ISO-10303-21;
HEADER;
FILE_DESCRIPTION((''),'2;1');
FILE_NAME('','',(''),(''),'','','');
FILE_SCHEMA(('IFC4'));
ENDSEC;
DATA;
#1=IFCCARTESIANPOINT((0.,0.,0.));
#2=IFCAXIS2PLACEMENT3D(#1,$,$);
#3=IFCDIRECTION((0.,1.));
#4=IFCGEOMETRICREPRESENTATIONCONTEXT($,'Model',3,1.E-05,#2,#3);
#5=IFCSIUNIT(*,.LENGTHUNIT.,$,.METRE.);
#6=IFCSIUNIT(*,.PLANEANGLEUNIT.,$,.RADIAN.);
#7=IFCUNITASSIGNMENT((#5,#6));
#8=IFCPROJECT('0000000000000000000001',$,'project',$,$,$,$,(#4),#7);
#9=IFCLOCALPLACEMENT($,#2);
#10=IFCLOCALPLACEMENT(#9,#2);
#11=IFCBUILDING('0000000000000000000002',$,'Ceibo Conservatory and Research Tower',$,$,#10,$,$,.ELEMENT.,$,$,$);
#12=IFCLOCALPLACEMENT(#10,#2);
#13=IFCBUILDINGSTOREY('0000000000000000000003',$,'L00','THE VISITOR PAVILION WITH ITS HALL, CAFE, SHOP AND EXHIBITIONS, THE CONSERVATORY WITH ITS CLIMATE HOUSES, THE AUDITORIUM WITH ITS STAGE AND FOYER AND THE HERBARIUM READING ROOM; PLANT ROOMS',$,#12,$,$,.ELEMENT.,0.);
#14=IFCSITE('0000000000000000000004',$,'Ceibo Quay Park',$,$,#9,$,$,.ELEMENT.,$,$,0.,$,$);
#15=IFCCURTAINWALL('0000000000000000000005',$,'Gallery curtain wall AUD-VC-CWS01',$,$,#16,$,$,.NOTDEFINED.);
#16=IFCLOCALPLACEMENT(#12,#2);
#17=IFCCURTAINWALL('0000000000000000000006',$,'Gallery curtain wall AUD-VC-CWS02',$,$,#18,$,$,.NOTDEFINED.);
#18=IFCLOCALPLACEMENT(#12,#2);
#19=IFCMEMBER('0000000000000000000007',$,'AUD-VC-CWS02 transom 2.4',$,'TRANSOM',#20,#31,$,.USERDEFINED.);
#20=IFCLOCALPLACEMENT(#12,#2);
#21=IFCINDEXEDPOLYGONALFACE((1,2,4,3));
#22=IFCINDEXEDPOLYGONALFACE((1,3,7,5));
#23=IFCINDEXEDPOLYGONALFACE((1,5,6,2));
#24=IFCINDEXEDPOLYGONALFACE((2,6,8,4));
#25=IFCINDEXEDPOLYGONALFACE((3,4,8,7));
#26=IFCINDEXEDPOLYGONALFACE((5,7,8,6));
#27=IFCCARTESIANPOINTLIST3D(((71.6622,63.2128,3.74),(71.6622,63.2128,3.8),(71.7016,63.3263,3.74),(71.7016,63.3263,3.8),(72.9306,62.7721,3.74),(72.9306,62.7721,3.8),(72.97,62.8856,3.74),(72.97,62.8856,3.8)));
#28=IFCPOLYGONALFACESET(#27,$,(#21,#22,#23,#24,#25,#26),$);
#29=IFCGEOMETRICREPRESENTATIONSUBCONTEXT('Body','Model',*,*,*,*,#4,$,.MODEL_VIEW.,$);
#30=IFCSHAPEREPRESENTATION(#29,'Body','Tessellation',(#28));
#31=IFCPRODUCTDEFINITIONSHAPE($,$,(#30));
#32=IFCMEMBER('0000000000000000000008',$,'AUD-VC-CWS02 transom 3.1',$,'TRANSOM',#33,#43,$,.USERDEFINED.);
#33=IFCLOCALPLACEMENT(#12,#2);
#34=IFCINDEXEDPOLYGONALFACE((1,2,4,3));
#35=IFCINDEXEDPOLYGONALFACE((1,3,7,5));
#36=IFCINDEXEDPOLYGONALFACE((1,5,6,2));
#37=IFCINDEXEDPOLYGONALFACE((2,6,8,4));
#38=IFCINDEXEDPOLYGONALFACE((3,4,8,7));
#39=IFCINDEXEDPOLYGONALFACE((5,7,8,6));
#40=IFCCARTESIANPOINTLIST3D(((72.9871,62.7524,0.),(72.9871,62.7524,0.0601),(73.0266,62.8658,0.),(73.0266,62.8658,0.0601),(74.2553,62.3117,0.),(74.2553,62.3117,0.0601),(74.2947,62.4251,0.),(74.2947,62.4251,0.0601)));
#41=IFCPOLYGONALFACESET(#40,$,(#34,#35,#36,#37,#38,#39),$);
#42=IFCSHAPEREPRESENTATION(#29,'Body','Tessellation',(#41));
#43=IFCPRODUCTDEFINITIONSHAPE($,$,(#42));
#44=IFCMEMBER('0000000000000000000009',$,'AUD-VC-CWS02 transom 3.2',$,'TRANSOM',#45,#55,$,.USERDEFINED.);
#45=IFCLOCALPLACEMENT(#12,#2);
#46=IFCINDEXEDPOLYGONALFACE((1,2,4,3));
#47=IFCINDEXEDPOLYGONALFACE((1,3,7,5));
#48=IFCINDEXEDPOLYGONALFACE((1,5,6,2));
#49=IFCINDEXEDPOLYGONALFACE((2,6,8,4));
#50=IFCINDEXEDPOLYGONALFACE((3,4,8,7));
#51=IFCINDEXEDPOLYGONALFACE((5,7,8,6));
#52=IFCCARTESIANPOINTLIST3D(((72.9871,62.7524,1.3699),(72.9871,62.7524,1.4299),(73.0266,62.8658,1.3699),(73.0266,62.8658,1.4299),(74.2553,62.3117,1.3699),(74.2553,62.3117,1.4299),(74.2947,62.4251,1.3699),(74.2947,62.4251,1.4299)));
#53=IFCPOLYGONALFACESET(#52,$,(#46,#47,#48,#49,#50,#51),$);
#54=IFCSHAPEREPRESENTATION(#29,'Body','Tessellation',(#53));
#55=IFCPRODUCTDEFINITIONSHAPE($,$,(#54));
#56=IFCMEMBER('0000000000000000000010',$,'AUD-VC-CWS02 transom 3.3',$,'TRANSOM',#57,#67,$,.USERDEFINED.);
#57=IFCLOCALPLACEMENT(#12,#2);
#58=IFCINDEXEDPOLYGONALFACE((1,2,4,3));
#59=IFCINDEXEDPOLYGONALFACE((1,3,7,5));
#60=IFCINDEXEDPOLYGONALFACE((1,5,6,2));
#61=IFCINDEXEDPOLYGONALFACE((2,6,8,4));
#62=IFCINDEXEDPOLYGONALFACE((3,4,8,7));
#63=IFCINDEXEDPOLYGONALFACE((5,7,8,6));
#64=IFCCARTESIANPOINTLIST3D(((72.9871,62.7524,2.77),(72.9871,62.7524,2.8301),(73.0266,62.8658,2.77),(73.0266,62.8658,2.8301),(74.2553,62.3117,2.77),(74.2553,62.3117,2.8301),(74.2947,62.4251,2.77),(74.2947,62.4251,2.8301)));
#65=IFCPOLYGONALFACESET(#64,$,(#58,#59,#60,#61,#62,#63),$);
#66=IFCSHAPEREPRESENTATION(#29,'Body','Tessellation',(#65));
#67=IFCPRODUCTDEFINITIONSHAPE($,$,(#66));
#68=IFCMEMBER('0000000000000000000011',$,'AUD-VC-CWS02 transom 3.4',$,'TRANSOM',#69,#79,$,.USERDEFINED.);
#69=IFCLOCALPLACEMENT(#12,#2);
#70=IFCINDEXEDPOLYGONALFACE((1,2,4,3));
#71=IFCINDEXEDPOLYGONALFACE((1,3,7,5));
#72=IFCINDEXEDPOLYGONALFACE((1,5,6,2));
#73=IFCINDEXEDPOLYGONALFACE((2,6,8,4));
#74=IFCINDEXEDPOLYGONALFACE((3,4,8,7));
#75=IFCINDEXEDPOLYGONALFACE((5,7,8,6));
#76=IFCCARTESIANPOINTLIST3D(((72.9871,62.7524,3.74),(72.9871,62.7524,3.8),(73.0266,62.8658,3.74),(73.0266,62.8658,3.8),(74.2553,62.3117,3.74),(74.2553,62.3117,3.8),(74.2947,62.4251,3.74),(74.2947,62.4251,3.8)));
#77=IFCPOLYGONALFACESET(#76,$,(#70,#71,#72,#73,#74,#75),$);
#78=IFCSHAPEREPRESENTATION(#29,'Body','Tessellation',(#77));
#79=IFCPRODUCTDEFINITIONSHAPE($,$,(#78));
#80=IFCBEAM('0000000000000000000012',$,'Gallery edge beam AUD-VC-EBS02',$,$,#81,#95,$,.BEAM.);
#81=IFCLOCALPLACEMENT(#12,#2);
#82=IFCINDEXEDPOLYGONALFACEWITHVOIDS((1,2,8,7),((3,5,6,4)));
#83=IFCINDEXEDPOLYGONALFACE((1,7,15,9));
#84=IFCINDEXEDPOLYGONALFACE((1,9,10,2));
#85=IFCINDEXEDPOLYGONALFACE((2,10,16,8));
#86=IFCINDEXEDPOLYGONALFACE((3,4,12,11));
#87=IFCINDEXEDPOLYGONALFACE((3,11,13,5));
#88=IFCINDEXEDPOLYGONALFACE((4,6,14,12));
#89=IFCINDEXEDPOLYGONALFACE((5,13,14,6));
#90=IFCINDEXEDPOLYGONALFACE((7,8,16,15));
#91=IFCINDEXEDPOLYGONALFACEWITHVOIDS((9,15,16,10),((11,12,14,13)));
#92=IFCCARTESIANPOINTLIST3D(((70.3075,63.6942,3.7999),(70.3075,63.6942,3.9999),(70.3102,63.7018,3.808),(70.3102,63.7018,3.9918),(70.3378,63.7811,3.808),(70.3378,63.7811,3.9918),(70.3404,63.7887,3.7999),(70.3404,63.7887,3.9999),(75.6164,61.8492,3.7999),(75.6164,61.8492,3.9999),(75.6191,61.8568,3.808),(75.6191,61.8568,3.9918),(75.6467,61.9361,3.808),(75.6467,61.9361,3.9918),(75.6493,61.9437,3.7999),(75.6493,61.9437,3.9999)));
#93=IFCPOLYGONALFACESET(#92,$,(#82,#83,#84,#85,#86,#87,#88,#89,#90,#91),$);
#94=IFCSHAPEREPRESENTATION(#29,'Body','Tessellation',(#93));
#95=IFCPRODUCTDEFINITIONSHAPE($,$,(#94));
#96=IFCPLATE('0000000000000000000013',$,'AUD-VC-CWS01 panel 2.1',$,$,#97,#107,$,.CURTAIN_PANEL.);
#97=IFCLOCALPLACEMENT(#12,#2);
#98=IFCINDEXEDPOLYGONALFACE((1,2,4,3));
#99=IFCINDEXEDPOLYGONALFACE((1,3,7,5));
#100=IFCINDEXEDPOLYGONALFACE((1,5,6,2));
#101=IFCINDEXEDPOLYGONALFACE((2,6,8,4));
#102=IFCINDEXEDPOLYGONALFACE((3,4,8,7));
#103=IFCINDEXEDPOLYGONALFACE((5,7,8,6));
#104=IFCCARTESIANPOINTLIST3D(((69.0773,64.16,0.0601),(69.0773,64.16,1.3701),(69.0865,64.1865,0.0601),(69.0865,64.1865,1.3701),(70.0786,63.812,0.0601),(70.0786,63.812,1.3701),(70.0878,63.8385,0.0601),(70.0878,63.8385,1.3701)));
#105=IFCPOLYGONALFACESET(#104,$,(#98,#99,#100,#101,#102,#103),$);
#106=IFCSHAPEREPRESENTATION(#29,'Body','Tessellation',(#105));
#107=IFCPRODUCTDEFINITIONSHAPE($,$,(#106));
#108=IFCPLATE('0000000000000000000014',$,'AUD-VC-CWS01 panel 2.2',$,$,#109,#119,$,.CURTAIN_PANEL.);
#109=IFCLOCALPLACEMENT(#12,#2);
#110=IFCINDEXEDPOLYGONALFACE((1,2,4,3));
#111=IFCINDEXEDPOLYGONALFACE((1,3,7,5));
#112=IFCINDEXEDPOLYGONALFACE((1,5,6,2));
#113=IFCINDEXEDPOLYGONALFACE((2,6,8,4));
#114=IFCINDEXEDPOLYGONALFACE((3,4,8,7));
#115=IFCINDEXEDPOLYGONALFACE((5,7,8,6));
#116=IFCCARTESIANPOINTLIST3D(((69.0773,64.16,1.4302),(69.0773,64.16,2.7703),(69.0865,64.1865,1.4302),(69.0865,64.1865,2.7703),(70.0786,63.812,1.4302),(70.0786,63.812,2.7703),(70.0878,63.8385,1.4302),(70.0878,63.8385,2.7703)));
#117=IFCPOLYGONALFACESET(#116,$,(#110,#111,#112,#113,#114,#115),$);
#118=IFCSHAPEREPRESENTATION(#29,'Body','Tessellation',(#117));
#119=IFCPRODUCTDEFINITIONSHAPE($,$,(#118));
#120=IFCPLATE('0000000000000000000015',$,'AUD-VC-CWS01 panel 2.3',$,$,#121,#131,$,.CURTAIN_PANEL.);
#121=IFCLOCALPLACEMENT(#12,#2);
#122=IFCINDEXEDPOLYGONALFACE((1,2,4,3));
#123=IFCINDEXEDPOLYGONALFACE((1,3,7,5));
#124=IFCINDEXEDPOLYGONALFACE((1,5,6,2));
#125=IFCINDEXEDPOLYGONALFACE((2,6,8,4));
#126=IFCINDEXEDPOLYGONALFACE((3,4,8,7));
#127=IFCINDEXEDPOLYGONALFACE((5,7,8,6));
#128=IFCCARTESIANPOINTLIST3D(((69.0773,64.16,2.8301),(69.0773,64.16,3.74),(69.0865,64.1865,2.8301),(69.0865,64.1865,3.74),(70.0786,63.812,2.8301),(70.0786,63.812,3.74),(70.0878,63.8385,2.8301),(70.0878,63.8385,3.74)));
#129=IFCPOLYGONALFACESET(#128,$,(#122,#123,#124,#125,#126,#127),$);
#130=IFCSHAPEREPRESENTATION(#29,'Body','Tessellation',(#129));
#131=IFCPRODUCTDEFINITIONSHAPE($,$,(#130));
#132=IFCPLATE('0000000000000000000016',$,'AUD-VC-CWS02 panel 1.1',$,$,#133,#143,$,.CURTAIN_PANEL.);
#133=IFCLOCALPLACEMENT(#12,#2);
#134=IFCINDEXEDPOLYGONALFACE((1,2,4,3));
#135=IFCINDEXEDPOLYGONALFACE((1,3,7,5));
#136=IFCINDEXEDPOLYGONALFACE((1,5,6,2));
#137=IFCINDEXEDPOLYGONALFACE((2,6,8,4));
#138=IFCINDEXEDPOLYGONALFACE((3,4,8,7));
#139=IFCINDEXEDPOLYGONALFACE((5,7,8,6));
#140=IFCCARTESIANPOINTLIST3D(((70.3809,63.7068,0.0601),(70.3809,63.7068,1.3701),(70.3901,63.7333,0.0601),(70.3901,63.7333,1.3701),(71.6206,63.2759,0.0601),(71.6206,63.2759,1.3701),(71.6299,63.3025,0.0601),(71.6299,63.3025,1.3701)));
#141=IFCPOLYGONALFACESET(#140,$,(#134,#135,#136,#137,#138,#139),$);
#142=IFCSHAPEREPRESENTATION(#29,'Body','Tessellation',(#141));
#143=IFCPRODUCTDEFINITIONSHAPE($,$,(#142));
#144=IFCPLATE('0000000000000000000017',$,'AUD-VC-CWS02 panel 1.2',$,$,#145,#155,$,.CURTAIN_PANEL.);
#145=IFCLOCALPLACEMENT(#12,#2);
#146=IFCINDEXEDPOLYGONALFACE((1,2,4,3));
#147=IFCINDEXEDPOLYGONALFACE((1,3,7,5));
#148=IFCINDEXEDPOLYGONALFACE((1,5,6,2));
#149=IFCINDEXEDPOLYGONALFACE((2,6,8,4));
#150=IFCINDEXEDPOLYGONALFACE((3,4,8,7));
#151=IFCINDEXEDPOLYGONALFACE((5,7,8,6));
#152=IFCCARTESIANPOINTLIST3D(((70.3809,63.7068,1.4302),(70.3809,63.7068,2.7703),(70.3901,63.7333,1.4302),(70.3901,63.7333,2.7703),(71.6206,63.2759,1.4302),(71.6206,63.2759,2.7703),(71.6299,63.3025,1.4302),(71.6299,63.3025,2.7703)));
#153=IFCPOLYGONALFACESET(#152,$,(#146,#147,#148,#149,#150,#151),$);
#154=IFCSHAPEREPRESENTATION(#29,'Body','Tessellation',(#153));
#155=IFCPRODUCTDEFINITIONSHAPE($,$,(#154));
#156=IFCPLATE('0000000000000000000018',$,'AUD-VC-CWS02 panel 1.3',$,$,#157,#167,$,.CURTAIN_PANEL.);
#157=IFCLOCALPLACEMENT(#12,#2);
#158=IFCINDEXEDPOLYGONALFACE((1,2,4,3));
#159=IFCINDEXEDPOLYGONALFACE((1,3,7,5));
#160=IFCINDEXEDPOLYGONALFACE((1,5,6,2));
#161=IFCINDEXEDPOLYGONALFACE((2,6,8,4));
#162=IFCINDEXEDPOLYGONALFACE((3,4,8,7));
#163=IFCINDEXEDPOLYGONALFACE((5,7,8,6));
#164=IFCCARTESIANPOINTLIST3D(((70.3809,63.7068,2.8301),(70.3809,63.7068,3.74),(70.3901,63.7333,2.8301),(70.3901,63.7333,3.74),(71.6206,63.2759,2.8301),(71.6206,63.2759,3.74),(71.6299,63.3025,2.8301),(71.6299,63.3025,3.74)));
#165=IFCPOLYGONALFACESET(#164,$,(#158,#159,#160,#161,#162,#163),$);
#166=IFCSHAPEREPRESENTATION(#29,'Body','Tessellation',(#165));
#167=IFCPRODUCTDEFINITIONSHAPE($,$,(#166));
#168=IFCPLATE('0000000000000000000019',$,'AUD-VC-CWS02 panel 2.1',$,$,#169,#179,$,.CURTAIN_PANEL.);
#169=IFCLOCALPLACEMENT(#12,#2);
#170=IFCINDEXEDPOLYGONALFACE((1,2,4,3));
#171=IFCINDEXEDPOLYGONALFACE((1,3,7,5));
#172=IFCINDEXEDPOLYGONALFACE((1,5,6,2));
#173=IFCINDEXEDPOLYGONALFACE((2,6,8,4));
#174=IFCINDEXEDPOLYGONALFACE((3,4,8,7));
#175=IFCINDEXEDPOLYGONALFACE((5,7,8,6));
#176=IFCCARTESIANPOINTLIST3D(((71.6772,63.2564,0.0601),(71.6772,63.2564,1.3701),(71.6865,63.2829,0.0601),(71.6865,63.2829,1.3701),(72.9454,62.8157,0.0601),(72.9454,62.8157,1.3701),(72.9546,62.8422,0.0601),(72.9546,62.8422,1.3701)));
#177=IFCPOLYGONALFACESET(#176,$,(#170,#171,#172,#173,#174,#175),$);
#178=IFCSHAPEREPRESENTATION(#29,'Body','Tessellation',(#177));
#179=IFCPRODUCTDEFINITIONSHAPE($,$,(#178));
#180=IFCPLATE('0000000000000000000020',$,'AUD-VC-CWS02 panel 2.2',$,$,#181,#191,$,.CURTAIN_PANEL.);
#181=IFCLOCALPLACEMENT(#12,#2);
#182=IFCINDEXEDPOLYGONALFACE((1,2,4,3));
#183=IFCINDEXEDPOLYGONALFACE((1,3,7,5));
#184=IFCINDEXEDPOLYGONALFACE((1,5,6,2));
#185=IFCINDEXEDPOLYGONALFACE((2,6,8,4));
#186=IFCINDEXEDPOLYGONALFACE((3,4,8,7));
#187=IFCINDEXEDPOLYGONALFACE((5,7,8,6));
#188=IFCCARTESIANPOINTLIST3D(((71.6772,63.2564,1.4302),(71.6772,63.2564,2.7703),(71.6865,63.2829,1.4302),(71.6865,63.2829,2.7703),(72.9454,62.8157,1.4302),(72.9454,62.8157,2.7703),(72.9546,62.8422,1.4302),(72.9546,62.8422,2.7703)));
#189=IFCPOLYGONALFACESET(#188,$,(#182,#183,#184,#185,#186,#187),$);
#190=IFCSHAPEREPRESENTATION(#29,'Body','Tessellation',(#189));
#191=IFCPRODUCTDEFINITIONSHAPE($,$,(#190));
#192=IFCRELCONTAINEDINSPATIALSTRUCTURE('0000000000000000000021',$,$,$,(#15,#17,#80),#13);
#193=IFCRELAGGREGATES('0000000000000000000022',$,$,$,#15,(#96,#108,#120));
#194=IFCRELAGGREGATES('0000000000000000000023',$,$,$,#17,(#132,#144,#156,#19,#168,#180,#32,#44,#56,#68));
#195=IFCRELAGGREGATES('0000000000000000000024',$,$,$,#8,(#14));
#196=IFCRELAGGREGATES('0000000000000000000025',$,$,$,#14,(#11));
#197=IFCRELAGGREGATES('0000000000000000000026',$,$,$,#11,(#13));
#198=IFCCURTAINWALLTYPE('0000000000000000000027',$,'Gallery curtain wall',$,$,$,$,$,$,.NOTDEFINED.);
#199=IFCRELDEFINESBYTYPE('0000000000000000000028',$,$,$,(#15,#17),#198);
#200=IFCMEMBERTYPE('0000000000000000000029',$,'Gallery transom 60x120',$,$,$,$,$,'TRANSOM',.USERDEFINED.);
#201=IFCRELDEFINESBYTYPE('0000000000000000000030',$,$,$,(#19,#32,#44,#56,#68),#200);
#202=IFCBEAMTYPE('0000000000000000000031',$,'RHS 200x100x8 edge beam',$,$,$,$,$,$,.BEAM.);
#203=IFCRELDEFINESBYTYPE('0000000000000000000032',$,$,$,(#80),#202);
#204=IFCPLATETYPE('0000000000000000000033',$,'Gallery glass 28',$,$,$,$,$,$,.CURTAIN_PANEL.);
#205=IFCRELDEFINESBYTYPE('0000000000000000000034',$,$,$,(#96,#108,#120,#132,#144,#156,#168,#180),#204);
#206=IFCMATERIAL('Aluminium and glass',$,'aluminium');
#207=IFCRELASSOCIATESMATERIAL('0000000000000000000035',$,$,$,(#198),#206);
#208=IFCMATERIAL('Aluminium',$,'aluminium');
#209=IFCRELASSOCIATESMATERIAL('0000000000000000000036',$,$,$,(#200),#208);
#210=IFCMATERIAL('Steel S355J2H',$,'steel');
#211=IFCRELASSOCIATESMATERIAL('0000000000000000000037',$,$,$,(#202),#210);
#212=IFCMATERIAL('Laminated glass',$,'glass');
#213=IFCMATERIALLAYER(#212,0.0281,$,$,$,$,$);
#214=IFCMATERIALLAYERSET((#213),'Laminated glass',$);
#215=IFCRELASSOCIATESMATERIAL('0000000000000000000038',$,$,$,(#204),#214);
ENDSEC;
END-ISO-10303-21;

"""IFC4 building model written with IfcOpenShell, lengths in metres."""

from ifc_helpers import new_model, si_unit, direction, frame, origin, origin_2d, place, context, subcontext, project, spatial, rectangle, hollow_rectangle, extrude, material, layer, layer_set, material_profile, profile_set, type_object, element, aggregate, save


model = new_model("IFC4")

# Units and contexts
model_context = context("Model", 3, precision=1e-05, world=origin(), true_north=direction((0.0, 1.0)))
body_context = subcontext(model_context, "Body", "Model", "MODEL_VIEW")
ifc_project = project(units=[si_unit("LENGTHUNIT", "METRE"), si_unit("PLANEANGLEUNIT", "RADIAN")], contexts=[model_context])

# Site, building, storey
site_placement = place(None, origin())
site = spatial("IfcSite", under=ifc_project, at=site_placement, Name="Ceibo Quay Park", CompositionType="ELEMENT", RefElevation=0.0)
building_placement = place(site_placement, origin())
building = spatial("IfcBuilding", under=site, at=building_placement, Name="Ceibo Conservatory and Research Tower", CompositionType="ELEMENT")
storey_placement = place(building_placement, origin())
storey = spatial("IfcBuildingStorey", under=building, at=storey_placement, Name="L00", Description="THE VISITOR PAVILION WITH ITS HALL, CAFE, SHOP AND EXHIBITIONS, THE CONSERVATORY WITH ITS CLIMATE HOUSES, THE AUDITORIUM WITH ITS STAGE AND FOYER AND THE HERBARIUM READING ROOM; PLANT ROOMS", CompositionType="ELEMENT", Elevation=0.0)

# Shared definitions
ifc_material_1 = material(Name="Steel S355J2H", Category="steel")

# Curtain wall
ifc_material_2 = material(Name="Aluminium and glass", Category="aluminium")
curtain_wall_type = type_object("IfcCurtainWallType", Name="Gallery curtain wall", PredefinedType="NOTDEFINED", material=ifc_material_2)
curtain_wall_1_placement = place(storey_placement, origin())
curtain_wall_1 = element("IfcCurtainWall", 1, at=curtain_wall_1_placement, inside=storey, type_object=curtain_wall_type, Name="Gallery curtain wall AUD-VC-CWS01", PredefinedType="NOTDEFINED")
ifc_material_3 = material(Name="Aluminium", Category="aluminium")

# Curtain wall
curtain_wall_2_placement = place(storey_placement, origin())
curtain_wall_2 = element("IfcCurtainWall", 2, at=curtain_wall_2_placement, inside=storey, type_object=curtain_wall_type, Name="Gallery curtain wall AUD-VC-CWS02", PredefinedType="NOTDEFINED")
ifc_material_profile_1 = material_profile(ifc_material_3, rectangle(XDim=0.1201, YDim=0.0601, at=origin_2d()), Name="AL 60x120")
ifc_profile_set_1 = profile_set([ifc_material_profile_1], Name="Aluminium")
member_type_1 = type_object("IfcMemberType", Name="Gallery transom 60x120", ElementType="TRANSOM", PredefinedType="USERDEFINED", material=ifc_profile_set_1)

# Members
member_1_placement = place(storey_placement, frame((71.6819, 63.2695, 3.77), z_axis=(0.944607, -0.328203, 0.0), x_axis=(0.328203, 0.944607, 0.0)))
member_1 = element("IfcMember", 3, at=member_1_placement, type_object=member_type_1, Name="AUD-VC-CWS02 transom 2.4", ObjectType="TRANSOM", PredefinedType="USERDEFINED", context=body_context, shape_type="SweptSolid", body=[
    extrude(rectangle(XDim=0.1201, YDim=0.0601, at=origin_2d()), origin(), (0.0, 0.0, 1.0), 1.3428),
])
member_2_placement = place(storey_placement, frame((73.0068, 62.8091, 0.03), z_axis=(0.944588, -0.32826, 0.0), x_axis=(0.32826, 0.944588, 0.0)))
member_2 = element("IfcMember", 4, at=member_2_placement, type_object=member_type_1, Name="AUD-VC-CWS02 transom 3.1", ObjectType="TRANSOM", PredefinedType="USERDEFINED", context=body_context, shape_type="SweptSolid", body=[
    extrude(rectangle(XDim=0.1201, YDim=0.0601, at=origin_2d()), origin(), (0.0, 0.0, 1.0), 1.3425),
])
member_3_placement = place(storey_placement, frame((73.0068, 62.8091, 1.3999), z_axis=(0.944588, -0.32826, 0.0), x_axis=(0.32826, 0.944588, 0.0)))
member_3 = element("IfcMember", 5, at=member_3_placement, type_object=member_type_1, Name="AUD-VC-CWS02 transom 3.2", ObjectType="TRANSOM", PredefinedType="USERDEFINED", context=body_context, shape_type="SweptSolid", body=[
    extrude(rectangle(XDim=0.1201, YDim=0.0601, at=origin_2d()), origin(), (0.0, 0.0, 1.0), 1.3425),
])
member_4_placement = place(storey_placement, frame((73.0068, 62.8091, 2.8), z_axis=(0.944588, -0.32826, 0.0), x_axis=(0.32826, 0.944588, 0.0)))
member_4 = element("IfcMember", 6, at=member_4_placement, type_object=member_type_1, Name="AUD-VC-CWS02 transom 3.3", ObjectType="TRANSOM", PredefinedType="USERDEFINED", context=body_context, shape_type="SweptSolid", body=[
    extrude(rectangle(XDim=0.1201, YDim=0.0601, at=origin_2d()), origin(), (0.0, 0.0, 1.0), 1.3425),
])
member_5_placement = place(storey_placement, frame((73.0068, 62.8091, 3.77), z_axis=(0.944588, -0.32826, 0.0), x_axis=(0.32826, 0.944588, 0.0)))
member_5 = element("IfcMember", 7, at=member_5_placement, type_object=member_type_1, Name="AUD-VC-CWS02 transom 3.4", ObjectType="TRANSOM", PredefinedType="USERDEFINED", context=body_context, shape_type="SweptSolid", body=[
    extrude(rectangle(XDim=0.1201, YDim=0.0601, at=origin_2d()), origin(), (0.0, 0.0, 1.0), 1.3425),
])

# Beam
ifc_material_profile_2 = material_profile(ifc_material_1, hollow_rectangle(XDim=0.1001, YDim=0.2, WallThickness=0.0081, at=origin_2d()), Name="RHS 200x100x8 edge beam")
ifc_profile_set_2 = profile_set([ifc_material_profile_2], Name="Steel S355J2H")
beam_type = type_object("IfcBeamType", Name="RHS 200x100x8 edge beam", PredefinedType="BEAM", material=ifc_profile_set_2)
beam_placement = place(storey_placement, frame((70.324, 63.7415, 3.8999), z_axis=(0.944584, -0.32827, 0.0), x_axis=(0.32827, 0.944584, 0.0)))
element("IfcBeam", 8, at=beam_placement, inside=storey, type_object=beam_type, Name="Gallery edge beam AUD-VC-EBS02", PredefinedType="BEAM", context=body_context, shape_type="SweptSolid", body=[
    extrude(hollow_rectangle(XDim=0.1001, YDim=0.2, WallThickness=0.0081, at=origin_2d()), origin(), (0.0, 0.0, 1.0), 5.6204),
])

# Plates
ifc_material_4 = material(Name="Laminated glass", Category="glass")
ifc_layer = layer(ifc_material_4, 0.0281)
ifc_layer_set = layer_set([ifc_layer], Name="Laminated glass")
plate_type = type_object("IfcPlateType", Name="Gallery glass 28", PredefinedType="CURTAIN_PANEL", material=ifc_layer_set)
plate_1_placement = place(storey_placement, frame((69.5825, 63.9993, 0.0601), z_axis=(0.0, 0.0, 1.0), x_axis=(0.944579, -0.328284, 0.0)))
plate_1 = element("IfcPlate", 9, at=plate_1_placement, type_object=plate_type, Name="AUD-VC-CWS01 panel 2.1", PredefinedType="CURTAIN_PANEL", context=body_context, shape_type="SweptSolid", body=[
    extrude(rectangle(XDim=1.0601, YDim=0.0281, at=origin_2d()), origin(), (0.0, 0.0, 1.0), 1.3101),
])
plate_2_placement = place(storey_placement, frame((69.5825, 63.9993, 1.4302), z_axis=(0.0, 0.0, 1.0), x_axis=(0.944579, -0.328284, 0.0)))
plate_2 = element("IfcPlate", 10, at=plate_2_placement, type_object=plate_type, Name="AUD-VC-CWS01 panel 2.2", PredefinedType="CURTAIN_PANEL", context=body_context, shape_type="SweptSolid", body=[
    extrude(rectangle(XDim=1.0601, YDim=0.0281, at=origin_2d()), origin(), (0.0, 0.0, 1.0), 1.3401),
])
plate_3_placement = place(storey_placement, frame((69.5825, 63.9993, 2.8301), z_axis=(0.0, 0.0, 1.0), x_axis=(0.944579, -0.328284, 0.0)))
plate_3 = element("IfcPlate", 11, at=plate_3_placement, type_object=plate_type, Name="AUD-VC-CWS01 panel 2.3", PredefinedType="CURTAIN_PANEL", context=body_context, shape_type="SweptSolid", body=[
    extrude(rectangle(XDim=1.0601, YDim=0.0281, at=origin_2d()), origin(), (0.0, 0.0, 1.0), 0.9099),
])
aggregate(curtain_wall_1, [plate_1, plate_2, plate_3])
plate_4_placement = place(storey_placement, frame((71.0054, 63.5046, 0.0601), z_axis=(0.0, 0.0, 1.0), x_axis=(0.944579, -0.328284, 0.0)))
plate_4 = element("IfcPlate", 12, at=plate_4_placement, type_object=plate_type, Name="AUD-VC-CWS02 panel 1.1", PredefinedType="CURTAIN_PANEL", context=body_context, shape_type="SweptSolid", body=[
    extrude(rectangle(XDim=1.3125, YDim=0.0281, at=origin_2d()), origin(), (0.0, 0.0, 1.0), 1.3101),
])
plate_5_placement = place(storey_placement, frame((71.0054, 63.5046, 1.4302), z_axis=(0.0, 0.0, 1.0), x_axis=(0.944579, -0.328284, 0.0)))
plate_5 = element("IfcPlate", 13, at=plate_5_placement, type_object=plate_type, Name="AUD-VC-CWS02 panel 1.2", PredefinedType="CURTAIN_PANEL", context=body_context, shape_type="SweptSolid", body=[
    extrude(rectangle(XDim=1.3125, YDim=0.0281, at=origin_2d()), origin(), (0.0, 0.0, 1.0), 1.3401),
])
plate_6_placement = place(storey_placement, frame((71.0054, 63.5046, 2.8301), z_axis=(0.0, 0.0, 1.0), x_axis=(0.944579, -0.328284, 0.0)))
plate_6 = element("IfcPlate", 14, at=plate_6_placement, type_object=plate_type, Name="AUD-VC-CWS02 panel 1.3", PredefinedType="CURTAIN_PANEL", context=body_context, shape_type="SweptSolid", body=[
    extrude(rectangle(XDim=1.3125, YDim=0.0281, at=origin_2d()), origin(), (0.0, 0.0, 1.0), 0.9099),
])
plate_7_placement = place(storey_placement, frame((72.3159, 63.0493, 0.0601), z_axis=(0.0, 0.0, 1.0), x_axis=(0.944579, -0.328284, 0.0)))
plate_7 = element("IfcPlate", 15, at=plate_7_placement, type_object=plate_type, Name="AUD-VC-CWS02 panel 2.1", PredefinedType="CURTAIN_PANEL", context=body_context, shape_type="SweptSolid", body=[
    extrude(rectangle(XDim=1.3425, YDim=0.0281, at=origin_2d()), origin(), (0.0, 0.0, 1.0), 1.3101),
])
plate_8_placement = place(storey_placement, frame((72.3159, 63.0493, 1.4302), z_axis=(0.0, 0.0, 1.0), x_axis=(0.944579, -0.328284, 0.0)))
plate_8 = element("IfcPlate", 16, at=plate_8_placement, type_object=plate_type, Name="AUD-VC-CWS02 panel 2.2", PredefinedType="CURTAIN_PANEL", context=body_context, shape_type="SweptSolid", body=[
    extrude(rectangle(XDim=1.3425, YDim=0.0281, at=origin_2d()), origin(), (0.0, 0.0, 1.0), 1.3401),
])
aggregate(curtain_wall_2, [plate_4, plate_5, plate_6, member_1, plate_7, plate_8, member_2, member_3, member_4, member_5])

save(model, "model.ifc")
